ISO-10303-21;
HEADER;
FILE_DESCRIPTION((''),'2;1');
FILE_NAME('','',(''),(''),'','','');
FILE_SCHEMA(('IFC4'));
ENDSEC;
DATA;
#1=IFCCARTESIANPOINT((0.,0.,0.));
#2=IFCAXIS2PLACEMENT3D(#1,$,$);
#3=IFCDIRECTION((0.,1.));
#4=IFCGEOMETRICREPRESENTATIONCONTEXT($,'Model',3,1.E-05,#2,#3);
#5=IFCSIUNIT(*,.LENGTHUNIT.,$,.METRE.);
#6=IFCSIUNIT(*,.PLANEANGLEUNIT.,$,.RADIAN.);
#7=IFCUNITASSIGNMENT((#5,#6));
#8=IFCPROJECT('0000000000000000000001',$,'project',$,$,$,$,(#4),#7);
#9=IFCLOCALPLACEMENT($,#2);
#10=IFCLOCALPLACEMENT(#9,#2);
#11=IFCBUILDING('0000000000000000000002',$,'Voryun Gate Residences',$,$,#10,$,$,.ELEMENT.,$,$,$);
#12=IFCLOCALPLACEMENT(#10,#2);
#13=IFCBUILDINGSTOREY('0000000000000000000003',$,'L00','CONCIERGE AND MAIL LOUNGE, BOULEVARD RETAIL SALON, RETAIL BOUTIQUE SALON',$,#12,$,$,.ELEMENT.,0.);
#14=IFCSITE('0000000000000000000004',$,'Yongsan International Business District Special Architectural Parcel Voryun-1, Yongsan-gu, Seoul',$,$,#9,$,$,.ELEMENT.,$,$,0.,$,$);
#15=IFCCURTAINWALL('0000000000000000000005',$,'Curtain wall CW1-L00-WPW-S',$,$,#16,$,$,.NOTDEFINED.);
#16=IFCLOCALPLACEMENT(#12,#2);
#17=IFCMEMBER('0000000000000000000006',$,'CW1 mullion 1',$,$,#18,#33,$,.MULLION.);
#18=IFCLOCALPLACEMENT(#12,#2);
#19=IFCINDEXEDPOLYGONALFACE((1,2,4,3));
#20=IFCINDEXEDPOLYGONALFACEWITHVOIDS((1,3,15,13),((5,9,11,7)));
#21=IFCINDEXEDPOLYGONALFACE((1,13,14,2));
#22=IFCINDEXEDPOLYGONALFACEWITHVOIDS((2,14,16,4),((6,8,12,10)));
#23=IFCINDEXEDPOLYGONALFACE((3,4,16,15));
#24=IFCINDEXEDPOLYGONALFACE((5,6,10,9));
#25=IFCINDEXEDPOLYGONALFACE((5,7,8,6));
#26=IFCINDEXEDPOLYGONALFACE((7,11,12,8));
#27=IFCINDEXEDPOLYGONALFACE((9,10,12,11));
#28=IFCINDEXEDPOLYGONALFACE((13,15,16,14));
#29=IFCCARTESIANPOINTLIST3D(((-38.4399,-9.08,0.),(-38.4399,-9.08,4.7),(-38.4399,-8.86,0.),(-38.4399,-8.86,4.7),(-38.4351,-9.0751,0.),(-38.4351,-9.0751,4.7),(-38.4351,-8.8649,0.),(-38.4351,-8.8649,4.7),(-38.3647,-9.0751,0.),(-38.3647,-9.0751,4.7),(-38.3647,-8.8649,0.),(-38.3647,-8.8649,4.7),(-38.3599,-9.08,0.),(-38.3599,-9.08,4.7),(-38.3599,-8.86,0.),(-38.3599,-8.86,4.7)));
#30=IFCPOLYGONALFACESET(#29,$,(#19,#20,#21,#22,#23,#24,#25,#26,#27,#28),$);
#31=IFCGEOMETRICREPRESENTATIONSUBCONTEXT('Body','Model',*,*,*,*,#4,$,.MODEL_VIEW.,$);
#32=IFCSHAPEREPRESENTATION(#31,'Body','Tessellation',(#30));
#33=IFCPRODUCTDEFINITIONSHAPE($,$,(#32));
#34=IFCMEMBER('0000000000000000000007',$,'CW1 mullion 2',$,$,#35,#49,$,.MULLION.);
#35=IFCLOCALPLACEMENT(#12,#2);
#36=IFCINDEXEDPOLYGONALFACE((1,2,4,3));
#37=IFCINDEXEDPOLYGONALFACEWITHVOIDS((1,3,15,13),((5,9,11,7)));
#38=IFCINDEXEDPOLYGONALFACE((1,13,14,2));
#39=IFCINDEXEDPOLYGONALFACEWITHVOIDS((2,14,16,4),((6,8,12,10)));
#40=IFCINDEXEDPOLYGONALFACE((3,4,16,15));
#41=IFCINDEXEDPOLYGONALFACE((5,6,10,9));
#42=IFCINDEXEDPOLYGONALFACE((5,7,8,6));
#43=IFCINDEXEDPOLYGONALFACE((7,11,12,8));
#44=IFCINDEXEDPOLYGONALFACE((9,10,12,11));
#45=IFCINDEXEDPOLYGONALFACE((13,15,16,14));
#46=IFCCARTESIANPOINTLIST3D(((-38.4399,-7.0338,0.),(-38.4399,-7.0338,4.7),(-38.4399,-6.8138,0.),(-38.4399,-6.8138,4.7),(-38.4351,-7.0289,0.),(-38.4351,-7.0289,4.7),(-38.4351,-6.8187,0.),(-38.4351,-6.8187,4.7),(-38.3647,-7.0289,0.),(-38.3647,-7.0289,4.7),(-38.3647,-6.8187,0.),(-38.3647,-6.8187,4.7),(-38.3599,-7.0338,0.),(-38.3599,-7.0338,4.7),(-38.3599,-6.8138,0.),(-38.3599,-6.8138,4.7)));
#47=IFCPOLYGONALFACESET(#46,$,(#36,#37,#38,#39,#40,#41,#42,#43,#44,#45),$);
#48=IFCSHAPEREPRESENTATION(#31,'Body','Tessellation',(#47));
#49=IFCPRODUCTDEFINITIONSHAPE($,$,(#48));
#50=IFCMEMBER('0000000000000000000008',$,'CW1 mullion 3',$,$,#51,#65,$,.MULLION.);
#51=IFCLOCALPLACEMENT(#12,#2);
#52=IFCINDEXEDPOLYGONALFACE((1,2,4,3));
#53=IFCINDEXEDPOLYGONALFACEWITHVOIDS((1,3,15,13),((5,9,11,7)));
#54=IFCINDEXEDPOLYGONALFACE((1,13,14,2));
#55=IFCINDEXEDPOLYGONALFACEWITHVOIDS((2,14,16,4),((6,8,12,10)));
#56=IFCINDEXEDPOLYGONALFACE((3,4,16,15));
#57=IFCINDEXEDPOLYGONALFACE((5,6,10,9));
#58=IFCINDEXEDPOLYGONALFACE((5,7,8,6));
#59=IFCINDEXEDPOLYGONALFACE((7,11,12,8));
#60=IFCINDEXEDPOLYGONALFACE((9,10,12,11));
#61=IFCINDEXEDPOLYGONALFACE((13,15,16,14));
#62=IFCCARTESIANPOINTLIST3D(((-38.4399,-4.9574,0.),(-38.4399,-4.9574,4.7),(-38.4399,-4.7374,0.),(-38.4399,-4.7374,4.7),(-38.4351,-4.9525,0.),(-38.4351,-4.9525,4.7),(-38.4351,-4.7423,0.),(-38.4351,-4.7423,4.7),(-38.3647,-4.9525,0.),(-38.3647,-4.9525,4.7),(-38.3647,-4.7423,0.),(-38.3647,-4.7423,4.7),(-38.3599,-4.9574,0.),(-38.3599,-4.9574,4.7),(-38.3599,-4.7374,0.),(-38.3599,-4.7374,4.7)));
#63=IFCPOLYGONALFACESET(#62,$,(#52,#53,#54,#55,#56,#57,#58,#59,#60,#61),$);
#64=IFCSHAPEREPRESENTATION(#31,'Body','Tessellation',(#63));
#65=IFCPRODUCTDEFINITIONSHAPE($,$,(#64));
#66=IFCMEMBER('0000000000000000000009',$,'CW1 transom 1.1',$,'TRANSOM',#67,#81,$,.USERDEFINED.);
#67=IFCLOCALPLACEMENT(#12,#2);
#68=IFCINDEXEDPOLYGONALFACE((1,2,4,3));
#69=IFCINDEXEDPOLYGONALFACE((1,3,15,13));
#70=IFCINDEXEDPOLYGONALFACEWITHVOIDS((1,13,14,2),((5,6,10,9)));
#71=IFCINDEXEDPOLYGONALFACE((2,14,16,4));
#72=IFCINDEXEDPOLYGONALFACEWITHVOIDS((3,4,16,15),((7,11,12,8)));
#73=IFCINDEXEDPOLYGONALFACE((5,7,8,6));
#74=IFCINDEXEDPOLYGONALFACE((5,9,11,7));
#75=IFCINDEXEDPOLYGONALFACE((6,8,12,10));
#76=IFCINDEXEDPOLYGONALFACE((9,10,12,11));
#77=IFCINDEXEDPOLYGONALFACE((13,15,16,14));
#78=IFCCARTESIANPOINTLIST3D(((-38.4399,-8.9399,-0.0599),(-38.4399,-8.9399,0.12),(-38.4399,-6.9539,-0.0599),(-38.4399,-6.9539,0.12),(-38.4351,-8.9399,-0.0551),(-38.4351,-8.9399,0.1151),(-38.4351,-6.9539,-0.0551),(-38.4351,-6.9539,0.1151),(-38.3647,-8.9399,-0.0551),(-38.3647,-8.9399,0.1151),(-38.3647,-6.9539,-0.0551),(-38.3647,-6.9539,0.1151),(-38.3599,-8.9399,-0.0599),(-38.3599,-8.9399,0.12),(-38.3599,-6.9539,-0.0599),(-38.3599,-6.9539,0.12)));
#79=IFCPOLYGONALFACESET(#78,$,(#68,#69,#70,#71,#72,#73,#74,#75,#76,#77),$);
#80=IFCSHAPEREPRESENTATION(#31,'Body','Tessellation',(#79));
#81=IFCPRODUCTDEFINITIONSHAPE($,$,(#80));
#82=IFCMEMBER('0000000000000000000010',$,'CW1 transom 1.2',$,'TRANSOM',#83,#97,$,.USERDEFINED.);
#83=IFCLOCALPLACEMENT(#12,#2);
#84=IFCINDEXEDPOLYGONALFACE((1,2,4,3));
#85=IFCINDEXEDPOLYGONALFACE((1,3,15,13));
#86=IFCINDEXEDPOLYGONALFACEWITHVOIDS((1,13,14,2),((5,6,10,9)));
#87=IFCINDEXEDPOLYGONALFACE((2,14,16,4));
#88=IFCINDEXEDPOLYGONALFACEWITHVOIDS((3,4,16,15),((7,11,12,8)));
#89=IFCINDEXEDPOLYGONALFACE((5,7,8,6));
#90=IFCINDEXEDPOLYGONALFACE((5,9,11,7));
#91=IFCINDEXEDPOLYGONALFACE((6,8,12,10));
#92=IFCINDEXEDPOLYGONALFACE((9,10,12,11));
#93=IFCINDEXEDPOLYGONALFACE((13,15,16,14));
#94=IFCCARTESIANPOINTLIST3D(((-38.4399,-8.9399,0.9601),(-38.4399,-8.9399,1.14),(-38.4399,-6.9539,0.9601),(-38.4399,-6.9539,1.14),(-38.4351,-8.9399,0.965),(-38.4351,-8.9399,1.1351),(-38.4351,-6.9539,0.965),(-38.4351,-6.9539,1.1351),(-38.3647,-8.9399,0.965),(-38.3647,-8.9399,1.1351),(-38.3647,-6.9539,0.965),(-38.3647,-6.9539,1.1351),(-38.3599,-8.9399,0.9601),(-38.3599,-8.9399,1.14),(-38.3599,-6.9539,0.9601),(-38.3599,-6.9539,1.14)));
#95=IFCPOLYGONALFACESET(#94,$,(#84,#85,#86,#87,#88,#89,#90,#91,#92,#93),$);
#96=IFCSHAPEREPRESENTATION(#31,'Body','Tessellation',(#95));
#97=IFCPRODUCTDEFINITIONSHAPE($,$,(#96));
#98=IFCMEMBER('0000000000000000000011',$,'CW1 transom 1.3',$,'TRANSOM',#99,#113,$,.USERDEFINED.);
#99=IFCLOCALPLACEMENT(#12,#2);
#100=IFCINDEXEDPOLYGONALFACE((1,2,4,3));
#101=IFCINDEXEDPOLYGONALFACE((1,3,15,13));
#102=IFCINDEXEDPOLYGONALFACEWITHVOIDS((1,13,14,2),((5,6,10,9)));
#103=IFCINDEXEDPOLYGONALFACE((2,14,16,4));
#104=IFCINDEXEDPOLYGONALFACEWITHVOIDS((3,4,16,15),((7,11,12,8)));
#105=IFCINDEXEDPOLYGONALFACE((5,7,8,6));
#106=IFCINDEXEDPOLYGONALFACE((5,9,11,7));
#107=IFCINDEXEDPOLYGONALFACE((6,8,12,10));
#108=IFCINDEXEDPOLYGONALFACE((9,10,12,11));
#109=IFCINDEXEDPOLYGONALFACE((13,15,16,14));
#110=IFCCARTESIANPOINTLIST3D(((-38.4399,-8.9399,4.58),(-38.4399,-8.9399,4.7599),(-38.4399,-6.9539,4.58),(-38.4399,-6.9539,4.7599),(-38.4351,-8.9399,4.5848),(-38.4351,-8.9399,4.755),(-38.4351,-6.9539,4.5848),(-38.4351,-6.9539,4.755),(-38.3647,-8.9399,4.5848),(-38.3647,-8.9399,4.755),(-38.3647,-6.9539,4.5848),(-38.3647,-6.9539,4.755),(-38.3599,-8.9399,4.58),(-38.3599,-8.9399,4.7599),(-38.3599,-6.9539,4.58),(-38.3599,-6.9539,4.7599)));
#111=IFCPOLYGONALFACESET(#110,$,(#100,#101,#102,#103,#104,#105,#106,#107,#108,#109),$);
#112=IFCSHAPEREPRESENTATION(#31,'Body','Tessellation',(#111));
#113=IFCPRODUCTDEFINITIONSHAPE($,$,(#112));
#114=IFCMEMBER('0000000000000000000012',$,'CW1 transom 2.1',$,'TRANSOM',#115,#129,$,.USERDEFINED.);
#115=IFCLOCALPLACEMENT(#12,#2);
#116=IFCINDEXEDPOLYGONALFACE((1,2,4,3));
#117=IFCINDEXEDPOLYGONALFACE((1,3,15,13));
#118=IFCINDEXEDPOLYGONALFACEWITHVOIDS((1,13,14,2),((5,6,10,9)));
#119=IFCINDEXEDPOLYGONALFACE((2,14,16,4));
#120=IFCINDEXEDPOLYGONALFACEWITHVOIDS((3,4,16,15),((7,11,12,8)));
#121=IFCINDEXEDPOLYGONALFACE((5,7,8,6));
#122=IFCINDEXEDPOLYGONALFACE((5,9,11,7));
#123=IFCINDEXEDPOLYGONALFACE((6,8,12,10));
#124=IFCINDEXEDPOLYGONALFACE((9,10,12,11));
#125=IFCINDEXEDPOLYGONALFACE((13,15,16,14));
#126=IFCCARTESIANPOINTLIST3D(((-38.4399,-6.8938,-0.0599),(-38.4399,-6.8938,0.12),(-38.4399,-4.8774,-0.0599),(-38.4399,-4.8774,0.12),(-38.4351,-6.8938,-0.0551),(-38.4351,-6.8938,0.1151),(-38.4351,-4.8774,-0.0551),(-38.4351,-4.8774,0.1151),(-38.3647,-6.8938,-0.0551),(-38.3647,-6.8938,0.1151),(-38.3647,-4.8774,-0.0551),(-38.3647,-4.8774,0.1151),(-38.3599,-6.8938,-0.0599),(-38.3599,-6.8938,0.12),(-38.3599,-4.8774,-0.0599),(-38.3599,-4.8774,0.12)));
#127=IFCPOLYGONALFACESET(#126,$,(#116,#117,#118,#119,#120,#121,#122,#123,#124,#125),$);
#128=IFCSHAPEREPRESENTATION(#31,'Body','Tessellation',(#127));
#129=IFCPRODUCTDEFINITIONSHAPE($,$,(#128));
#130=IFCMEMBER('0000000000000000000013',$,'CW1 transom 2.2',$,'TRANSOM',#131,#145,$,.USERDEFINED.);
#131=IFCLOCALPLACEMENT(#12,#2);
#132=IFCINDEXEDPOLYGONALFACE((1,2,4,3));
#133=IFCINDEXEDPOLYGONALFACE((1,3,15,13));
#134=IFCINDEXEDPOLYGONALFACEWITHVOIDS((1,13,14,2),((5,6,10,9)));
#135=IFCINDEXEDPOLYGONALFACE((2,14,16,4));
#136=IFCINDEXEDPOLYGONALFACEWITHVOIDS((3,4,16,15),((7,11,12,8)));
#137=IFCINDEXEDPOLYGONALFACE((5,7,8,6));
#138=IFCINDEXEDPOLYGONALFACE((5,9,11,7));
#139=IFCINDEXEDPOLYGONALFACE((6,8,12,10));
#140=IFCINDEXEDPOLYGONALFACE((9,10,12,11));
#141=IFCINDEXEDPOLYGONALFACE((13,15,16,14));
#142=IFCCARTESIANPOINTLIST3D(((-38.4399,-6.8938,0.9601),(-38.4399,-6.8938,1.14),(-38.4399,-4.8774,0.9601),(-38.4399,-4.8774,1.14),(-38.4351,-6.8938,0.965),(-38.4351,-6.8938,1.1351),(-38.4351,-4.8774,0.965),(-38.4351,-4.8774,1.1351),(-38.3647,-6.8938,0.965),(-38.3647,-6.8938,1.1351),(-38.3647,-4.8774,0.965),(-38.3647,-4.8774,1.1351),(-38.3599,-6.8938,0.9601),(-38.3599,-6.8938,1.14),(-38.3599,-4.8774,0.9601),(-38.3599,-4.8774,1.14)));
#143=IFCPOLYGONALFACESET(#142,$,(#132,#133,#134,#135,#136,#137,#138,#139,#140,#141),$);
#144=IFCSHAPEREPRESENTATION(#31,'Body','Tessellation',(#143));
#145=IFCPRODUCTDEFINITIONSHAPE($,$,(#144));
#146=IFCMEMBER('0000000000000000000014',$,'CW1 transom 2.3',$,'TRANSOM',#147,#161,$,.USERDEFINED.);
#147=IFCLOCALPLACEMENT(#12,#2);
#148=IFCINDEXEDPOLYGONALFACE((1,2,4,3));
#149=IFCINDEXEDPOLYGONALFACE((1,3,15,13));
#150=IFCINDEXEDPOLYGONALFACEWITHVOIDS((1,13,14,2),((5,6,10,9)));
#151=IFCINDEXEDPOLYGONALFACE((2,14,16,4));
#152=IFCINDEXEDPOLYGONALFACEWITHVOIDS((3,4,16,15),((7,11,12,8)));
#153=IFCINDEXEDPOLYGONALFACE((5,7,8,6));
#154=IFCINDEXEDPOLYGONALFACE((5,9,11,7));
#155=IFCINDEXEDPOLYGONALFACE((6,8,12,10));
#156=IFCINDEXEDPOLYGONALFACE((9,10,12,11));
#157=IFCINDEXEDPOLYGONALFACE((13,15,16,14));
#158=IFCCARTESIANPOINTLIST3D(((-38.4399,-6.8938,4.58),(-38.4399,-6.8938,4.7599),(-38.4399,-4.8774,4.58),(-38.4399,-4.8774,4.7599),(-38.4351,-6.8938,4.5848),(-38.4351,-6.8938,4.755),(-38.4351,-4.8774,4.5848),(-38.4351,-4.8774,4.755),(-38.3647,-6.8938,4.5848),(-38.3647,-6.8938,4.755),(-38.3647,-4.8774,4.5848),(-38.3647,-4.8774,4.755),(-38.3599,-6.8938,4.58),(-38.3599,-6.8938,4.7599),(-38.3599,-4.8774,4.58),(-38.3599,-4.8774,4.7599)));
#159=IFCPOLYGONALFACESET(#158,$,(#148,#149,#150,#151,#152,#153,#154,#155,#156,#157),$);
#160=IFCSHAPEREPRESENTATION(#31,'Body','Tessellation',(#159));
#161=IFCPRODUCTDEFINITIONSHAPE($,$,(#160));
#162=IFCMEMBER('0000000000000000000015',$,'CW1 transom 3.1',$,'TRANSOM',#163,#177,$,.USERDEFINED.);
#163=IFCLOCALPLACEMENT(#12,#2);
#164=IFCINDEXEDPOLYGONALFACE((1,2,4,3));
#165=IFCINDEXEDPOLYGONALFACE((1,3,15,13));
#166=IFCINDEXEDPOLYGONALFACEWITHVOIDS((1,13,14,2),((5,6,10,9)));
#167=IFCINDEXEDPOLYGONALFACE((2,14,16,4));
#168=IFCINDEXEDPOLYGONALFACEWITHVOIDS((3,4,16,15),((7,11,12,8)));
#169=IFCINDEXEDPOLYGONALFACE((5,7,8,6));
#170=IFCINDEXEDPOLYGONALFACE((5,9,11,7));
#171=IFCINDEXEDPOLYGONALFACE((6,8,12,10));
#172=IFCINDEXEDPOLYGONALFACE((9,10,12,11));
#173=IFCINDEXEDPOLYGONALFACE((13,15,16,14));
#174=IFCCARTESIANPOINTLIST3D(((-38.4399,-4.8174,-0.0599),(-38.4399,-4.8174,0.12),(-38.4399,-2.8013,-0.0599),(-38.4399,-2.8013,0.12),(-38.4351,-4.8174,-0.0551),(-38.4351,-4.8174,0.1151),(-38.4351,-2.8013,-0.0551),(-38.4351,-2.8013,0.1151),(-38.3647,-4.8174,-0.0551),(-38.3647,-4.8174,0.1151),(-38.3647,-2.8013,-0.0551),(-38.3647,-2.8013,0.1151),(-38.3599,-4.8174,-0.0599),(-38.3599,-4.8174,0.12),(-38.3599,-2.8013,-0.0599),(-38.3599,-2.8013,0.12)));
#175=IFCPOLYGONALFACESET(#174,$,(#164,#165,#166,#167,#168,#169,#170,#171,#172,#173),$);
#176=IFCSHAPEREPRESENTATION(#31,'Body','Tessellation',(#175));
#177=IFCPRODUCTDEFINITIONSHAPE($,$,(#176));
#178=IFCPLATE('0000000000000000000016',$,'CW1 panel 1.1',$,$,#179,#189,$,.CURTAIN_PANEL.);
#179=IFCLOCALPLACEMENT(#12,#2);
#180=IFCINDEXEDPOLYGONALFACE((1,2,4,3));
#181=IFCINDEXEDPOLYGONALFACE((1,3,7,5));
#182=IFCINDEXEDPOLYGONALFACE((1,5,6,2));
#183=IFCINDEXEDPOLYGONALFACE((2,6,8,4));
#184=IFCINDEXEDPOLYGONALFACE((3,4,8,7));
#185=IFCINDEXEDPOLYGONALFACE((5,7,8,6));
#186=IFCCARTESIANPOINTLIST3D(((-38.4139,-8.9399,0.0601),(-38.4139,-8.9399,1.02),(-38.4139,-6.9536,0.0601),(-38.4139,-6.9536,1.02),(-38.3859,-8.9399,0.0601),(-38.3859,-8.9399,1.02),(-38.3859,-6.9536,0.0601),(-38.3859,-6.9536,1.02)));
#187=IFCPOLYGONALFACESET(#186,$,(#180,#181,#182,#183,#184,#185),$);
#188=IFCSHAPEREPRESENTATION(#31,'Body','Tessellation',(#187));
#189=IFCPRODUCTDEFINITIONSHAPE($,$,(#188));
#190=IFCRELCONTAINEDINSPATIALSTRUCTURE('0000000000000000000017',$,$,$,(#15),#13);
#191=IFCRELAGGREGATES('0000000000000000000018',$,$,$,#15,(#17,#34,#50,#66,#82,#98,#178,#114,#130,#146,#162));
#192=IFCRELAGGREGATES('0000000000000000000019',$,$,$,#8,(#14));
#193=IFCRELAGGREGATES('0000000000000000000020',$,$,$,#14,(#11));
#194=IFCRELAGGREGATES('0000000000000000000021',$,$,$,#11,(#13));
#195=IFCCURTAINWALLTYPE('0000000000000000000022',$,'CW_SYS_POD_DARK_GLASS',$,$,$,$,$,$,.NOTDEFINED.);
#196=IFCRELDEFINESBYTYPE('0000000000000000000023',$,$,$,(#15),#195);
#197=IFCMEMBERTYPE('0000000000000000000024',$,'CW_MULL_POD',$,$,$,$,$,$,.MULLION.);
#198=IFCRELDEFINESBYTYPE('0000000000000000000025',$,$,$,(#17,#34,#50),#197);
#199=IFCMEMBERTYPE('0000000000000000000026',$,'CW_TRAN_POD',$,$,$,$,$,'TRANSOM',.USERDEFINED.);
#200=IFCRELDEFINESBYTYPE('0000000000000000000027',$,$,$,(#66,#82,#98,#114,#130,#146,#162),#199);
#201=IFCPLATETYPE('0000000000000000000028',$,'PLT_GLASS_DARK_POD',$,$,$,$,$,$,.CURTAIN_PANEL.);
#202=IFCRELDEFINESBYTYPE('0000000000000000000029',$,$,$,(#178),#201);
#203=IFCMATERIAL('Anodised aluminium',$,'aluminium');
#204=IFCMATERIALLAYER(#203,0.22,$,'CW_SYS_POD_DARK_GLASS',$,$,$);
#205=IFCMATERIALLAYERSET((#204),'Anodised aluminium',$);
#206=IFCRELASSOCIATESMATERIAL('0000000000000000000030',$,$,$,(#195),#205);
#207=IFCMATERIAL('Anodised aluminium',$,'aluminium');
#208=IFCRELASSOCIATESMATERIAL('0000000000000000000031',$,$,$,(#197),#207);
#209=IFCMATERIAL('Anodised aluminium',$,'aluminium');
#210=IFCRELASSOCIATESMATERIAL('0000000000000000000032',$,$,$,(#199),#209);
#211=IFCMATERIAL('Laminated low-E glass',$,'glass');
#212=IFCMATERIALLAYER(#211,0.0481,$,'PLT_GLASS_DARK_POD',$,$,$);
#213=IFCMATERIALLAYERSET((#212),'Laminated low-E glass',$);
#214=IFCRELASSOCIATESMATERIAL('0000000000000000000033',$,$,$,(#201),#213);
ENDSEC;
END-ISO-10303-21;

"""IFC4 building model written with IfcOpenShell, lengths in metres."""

from ifc_helpers import new_model, si_unit, direction, frame, origin, origin_2d, place, context, subcontext, project, spatial, rectangle, hollow_rectangle, extrude, material, layer, layer_set, material_profile, profile_set, type_object, element, aggregate, save


model = new_model("IFC4")

# Units and contexts
model_context = context("Model", 3, precision=1e-05, world=origin(), true_north=direction((0.0, 1.0)))
body_context = subcontext(model_context, "Body", "Model", "MODEL_VIEW")
ifc_project = project(units=[si_unit("LENGTHUNIT", "METRE"), si_unit("PLANEANGLEUNIT", "RADIAN")], contexts=[model_context])

# Site, building, storey
site_placement = place(None, origin())
site = spatial("IfcSite", under=ifc_project, at=site_placement, Name="Yongsan International Business District Special Architectural Parcel Voryun-1, Yongsan-gu, Seoul", CompositionType="ELEMENT", RefElevation=0.0)
building_placement = place(site_placement, origin())
building = spatial("IfcBuilding", under=site, at=building_placement, Name="Voryun Gate Residences", CompositionType="ELEMENT")
storey_placement = place(building_placement, origin())
storey = spatial("IfcBuildingStorey", under=building, at=storey_placement, Name="L00", Description="CONCIERGE AND MAIL LOUNGE, BOULEVARD RETAIL SALON, RETAIL BOUTIQUE SALON", CompositionType="ELEMENT", Elevation=0.0)

# Curtain wall, members, plate
ifc_material_1 = material(Name="Anodised aluminium", Category="aluminium")
ifc_layer_1 = layer(ifc_material_1, 0.22, Name="CW_SYS_POD_DARK_GLASS")
ifc_layer_set_1 = layer_set([ifc_layer_1], Name="Anodised aluminium")
curtain_wall_type = type_object("IfcCurtainWallType", Name="CW_SYS_POD_DARK_GLASS", PredefinedType="NOTDEFINED", material=ifc_layer_set_1)
curtain_wall_placement = place(storey_placement, origin())
curtain_wall = element("IfcCurtainWall", 1, at=curtain_wall_placement, inside=storey, type_object=curtain_wall_type, Name="Curtain wall CW1-L00-WPW-S", PredefinedType="NOTDEFINED")
ifc_material_2 = material(Name="Anodised aluminium", Category="aluminium")
ifc_material_profile_1 = material_profile(ifc_material_2, hollow_rectangle(XDim=0.0801, YDim=0.22, WallThickness=0.0049, at=origin_2d()), Name="ALU-MULL-220x80x5")
ifc_profile_set_1 = profile_set([ifc_material_profile_1], Name="Anodised aluminium")
member_type_1 = type_object("IfcMemberType", Name="CW_MULL_POD", PredefinedType="MULLION", material=ifc_profile_set_1)
member_1_placement = place(storey_placement, frame((-38.3999, -8.97, 0.0), z_axis=(0.0, 0.0, 1.0), x_axis=(-1.0, 0.0, 0.0)))
member_1 = element("IfcMember", 2, at=member_1_placement, type_object=member_type_1, Name="CW1 mullion 1", PredefinedType="MULLION", context=body_context, shape_type="SweptSolid", body=[
    extrude(hollow_rectangle(XDim=0.0801, YDim=0.22, WallThickness=0.0049, at=origin_2d()), origin(), (0.0, 0.0, 1.0), 4.7),
])
member_2_placement = place(storey_placement, frame((-38.3999, -6.9238, 0.0), z_axis=(0.0, 0.0, 1.0), x_axis=(-1.0, 0.0, 0.0)))
member_2 = element("IfcMember", 3, at=member_2_placement, type_object=member_type_1, Name="CW1 mullion 2", PredefinedType="MULLION", context=body_context, shape_type="SweptSolid", body=[
    extrude(hollow_rectangle(XDim=0.0801, YDim=0.22, WallThickness=0.0049, at=origin_2d()), origin(), (0.0, 0.0, 1.0), 4.7),
])
member_3_placement = place(storey_placement, frame((-38.3999, -4.8474, 0.0), z_axis=(0.0, 0.0, 1.0), x_axis=(-1.0, 0.0, 0.0)))
member_3 = element("IfcMember", 4, at=member_3_placement, type_object=member_type_1, Name="CW1 mullion 3", PredefinedType="MULLION", context=body_context, shape_type="SweptSolid", body=[
    extrude(hollow_rectangle(XDim=0.0801, YDim=0.22, WallThickness=0.0049, at=origin_2d()), origin(), (0.0, 0.0, 1.0), 4.7),
])
ifc_material_3 = material(Name="Anodised aluminium", Category="aluminium")
ifc_material_profile_2 = material_profile(ifc_material_3, hollow_rectangle(XDim=0.0801, YDim=0.1799, WallThickness=0.0049, at=origin_2d()), Name="ALU-TRAN-180x80x5")
ifc_profile_set_2 = profile_set([ifc_material_profile_2], Name="Anodised aluminium")
member_type_2 = type_object("IfcMemberType", Name="CW_TRAN_POD", ElementType="TRANSOM", PredefinedType="USERDEFINED", material=ifc_profile_set_2)
member_4_placement = place(storey_placement, frame((-38.3999, -8.9399, 0.03), z_axis=(0.0, 1.0, 0.0), x_axis=(-1.0, 0.0, 0.0)))
member_4 = element("IfcMember", 5, at=member_4_placement, type_object=member_type_2, Name="CW1 transom 1.1", ObjectType="TRANSOM", PredefinedType="USERDEFINED", context=body_context, shape_type="SweptSolid", body=[
    extrude(hollow_rectangle(XDim=0.0801, YDim=0.1799, WallThickness=0.0049, at=origin_2d()), origin(), (0.0, 0.0, 1.0), 1.9861),
])
member_5_placement = place(storey_placement, frame((-38.3999, -8.9399, 1.05), z_axis=(0.0, 1.0, 0.0), x_axis=(-1.0, 0.0, 0.0)))
member_5 = element("IfcMember", 6, at=member_5_placement, type_object=member_type_2, Name="CW1 transom 1.2", ObjectType="TRANSOM", PredefinedType="USERDEFINED", context=body_context, shape_type="SweptSolid", body=[
    extrude(hollow_rectangle(XDim=0.0801, YDim=0.1799, WallThickness=0.0049, at=origin_2d()), origin(), (0.0, 0.0, 1.0), 1.9861),
])
member_6_placement = place(storey_placement, frame((-38.3999, -8.9399, 4.6699), z_axis=(0.0, 1.0, 0.0), x_axis=(-1.0, 0.0, 0.0)))
member_6 = element("IfcMember", 7, at=member_6_placement, type_object=member_type_2, Name="CW1 transom 1.3", ObjectType="TRANSOM", PredefinedType="USERDEFINED", context=body_context, shape_type="SweptSolid", body=[
    extrude(hollow_rectangle(XDim=0.0801, YDim=0.1799, WallThickness=0.0049, at=origin_2d()), origin(), (0.0, 0.0, 1.0), 1.9861),
])
member_7_placement = place(storey_placement, frame((-38.3999, -6.8938, 0.03), z_axis=(0.0, 1.0, 0.0), x_axis=(-1.0, 0.0, 0.0)))
member_7 = element("IfcMember", 8, at=member_7_placement, type_object=member_type_2, Name="CW1 transom 2.1", ObjectType="TRANSOM", PredefinedType="USERDEFINED", context=body_context, shape_type="SweptSolid", body=[
    extrude(hollow_rectangle(XDim=0.0801, YDim=0.1799, WallThickness=0.0049, at=origin_2d()), origin(), (0.0, 0.0, 1.0), 2.0164),
])
member_8_placement = place(storey_placement, frame((-38.3999, -6.8938, 1.05), z_axis=(0.0, 1.0, 0.0), x_axis=(-1.0, 0.0, 0.0)))
member_8 = element("IfcMember", 9, at=member_8_placement, type_object=member_type_2, Name="CW1 transom 2.2", ObjectType="TRANSOM", PredefinedType="USERDEFINED", context=body_context, shape_type="SweptSolid", body=[
    extrude(hollow_rectangle(XDim=0.0801, YDim=0.1799, WallThickness=0.0049, at=origin_2d()), origin(), (0.0, 0.0, 1.0), 2.0164),
])
member_9_placement = place(storey_placement, frame((-38.3999, -6.8938, 4.6699), z_axis=(0.0, 1.0, 0.0), x_axis=(-1.0, 0.0, 0.0)))
member_9 = element("IfcMember", 10, at=member_9_placement, type_object=member_type_2, Name="CW1 transom 2.3", ObjectType="TRANSOM", PredefinedType="USERDEFINED", context=body_context, shape_type="SweptSolid", body=[
    extrude(hollow_rectangle(XDim=0.0801, YDim=0.1799, WallThickness=0.0049, at=origin_2d()), origin(), (0.0, 0.0, 1.0), 2.0164),
])
member_10_placement = place(storey_placement, frame((-38.3999, -4.8174, 0.03), z_axis=(0.0, 1.0, 0.0), x_axis=(-1.0, 0.0, 0.0)))
member_10 = element("IfcMember", 11, at=member_10_placement, type_object=member_type_2, Name="CW1 transom 3.1", ObjectType="TRANSOM", PredefinedType="USERDEFINED", context=body_context, shape_type="SweptSolid", body=[
    extrude(hollow_rectangle(XDim=0.0801, YDim=0.1799, WallThickness=0.0049, at=origin_2d()), origin(), (0.0, 0.0, 1.0), 2.0161),
])
ifc_material_4 = material(Name="Laminated low-E glass", Category="glass")
ifc_layer_2 = layer(ifc_material_4, 0.0481, Name="PLT_GLASS_DARK_POD")
ifc_layer_set_2 = layer_set([ifc_layer_2], Name="Laminated low-E glass")
plate_type = type_object("IfcPlateType", Name="PLT_GLASS_DARK_POD", PredefinedType="CURTAIN_PANEL", material=ifc_layer_set_2)
plate_1_placement = place(storey_placement, frame((-38.3999, -7.9468, 0.0601), z_axis=(0.0, 0.0, 1.0), x_axis=(0.0, 1.0, 0.0)))
plate_1 = element("IfcPlate", 12, at=plate_1_placement, type_object=plate_type, Name="CW1 panel 1.1", PredefinedType="CURTAIN_PANEL", context=body_context, shape_type="SweptSolid", body=[
    extrude(rectangle(XDim=1.9863, YDim=0.0281, at=origin_2d()), origin(), (0.0, 0.0, 1.0), 0.96),
])
aggregate(curtain_wall, [member_1, member_2, member_3, member_4, member_5, member_6, plate_1, member_7, member_8, member_9, member_10])

save(model, "model.ifc")
